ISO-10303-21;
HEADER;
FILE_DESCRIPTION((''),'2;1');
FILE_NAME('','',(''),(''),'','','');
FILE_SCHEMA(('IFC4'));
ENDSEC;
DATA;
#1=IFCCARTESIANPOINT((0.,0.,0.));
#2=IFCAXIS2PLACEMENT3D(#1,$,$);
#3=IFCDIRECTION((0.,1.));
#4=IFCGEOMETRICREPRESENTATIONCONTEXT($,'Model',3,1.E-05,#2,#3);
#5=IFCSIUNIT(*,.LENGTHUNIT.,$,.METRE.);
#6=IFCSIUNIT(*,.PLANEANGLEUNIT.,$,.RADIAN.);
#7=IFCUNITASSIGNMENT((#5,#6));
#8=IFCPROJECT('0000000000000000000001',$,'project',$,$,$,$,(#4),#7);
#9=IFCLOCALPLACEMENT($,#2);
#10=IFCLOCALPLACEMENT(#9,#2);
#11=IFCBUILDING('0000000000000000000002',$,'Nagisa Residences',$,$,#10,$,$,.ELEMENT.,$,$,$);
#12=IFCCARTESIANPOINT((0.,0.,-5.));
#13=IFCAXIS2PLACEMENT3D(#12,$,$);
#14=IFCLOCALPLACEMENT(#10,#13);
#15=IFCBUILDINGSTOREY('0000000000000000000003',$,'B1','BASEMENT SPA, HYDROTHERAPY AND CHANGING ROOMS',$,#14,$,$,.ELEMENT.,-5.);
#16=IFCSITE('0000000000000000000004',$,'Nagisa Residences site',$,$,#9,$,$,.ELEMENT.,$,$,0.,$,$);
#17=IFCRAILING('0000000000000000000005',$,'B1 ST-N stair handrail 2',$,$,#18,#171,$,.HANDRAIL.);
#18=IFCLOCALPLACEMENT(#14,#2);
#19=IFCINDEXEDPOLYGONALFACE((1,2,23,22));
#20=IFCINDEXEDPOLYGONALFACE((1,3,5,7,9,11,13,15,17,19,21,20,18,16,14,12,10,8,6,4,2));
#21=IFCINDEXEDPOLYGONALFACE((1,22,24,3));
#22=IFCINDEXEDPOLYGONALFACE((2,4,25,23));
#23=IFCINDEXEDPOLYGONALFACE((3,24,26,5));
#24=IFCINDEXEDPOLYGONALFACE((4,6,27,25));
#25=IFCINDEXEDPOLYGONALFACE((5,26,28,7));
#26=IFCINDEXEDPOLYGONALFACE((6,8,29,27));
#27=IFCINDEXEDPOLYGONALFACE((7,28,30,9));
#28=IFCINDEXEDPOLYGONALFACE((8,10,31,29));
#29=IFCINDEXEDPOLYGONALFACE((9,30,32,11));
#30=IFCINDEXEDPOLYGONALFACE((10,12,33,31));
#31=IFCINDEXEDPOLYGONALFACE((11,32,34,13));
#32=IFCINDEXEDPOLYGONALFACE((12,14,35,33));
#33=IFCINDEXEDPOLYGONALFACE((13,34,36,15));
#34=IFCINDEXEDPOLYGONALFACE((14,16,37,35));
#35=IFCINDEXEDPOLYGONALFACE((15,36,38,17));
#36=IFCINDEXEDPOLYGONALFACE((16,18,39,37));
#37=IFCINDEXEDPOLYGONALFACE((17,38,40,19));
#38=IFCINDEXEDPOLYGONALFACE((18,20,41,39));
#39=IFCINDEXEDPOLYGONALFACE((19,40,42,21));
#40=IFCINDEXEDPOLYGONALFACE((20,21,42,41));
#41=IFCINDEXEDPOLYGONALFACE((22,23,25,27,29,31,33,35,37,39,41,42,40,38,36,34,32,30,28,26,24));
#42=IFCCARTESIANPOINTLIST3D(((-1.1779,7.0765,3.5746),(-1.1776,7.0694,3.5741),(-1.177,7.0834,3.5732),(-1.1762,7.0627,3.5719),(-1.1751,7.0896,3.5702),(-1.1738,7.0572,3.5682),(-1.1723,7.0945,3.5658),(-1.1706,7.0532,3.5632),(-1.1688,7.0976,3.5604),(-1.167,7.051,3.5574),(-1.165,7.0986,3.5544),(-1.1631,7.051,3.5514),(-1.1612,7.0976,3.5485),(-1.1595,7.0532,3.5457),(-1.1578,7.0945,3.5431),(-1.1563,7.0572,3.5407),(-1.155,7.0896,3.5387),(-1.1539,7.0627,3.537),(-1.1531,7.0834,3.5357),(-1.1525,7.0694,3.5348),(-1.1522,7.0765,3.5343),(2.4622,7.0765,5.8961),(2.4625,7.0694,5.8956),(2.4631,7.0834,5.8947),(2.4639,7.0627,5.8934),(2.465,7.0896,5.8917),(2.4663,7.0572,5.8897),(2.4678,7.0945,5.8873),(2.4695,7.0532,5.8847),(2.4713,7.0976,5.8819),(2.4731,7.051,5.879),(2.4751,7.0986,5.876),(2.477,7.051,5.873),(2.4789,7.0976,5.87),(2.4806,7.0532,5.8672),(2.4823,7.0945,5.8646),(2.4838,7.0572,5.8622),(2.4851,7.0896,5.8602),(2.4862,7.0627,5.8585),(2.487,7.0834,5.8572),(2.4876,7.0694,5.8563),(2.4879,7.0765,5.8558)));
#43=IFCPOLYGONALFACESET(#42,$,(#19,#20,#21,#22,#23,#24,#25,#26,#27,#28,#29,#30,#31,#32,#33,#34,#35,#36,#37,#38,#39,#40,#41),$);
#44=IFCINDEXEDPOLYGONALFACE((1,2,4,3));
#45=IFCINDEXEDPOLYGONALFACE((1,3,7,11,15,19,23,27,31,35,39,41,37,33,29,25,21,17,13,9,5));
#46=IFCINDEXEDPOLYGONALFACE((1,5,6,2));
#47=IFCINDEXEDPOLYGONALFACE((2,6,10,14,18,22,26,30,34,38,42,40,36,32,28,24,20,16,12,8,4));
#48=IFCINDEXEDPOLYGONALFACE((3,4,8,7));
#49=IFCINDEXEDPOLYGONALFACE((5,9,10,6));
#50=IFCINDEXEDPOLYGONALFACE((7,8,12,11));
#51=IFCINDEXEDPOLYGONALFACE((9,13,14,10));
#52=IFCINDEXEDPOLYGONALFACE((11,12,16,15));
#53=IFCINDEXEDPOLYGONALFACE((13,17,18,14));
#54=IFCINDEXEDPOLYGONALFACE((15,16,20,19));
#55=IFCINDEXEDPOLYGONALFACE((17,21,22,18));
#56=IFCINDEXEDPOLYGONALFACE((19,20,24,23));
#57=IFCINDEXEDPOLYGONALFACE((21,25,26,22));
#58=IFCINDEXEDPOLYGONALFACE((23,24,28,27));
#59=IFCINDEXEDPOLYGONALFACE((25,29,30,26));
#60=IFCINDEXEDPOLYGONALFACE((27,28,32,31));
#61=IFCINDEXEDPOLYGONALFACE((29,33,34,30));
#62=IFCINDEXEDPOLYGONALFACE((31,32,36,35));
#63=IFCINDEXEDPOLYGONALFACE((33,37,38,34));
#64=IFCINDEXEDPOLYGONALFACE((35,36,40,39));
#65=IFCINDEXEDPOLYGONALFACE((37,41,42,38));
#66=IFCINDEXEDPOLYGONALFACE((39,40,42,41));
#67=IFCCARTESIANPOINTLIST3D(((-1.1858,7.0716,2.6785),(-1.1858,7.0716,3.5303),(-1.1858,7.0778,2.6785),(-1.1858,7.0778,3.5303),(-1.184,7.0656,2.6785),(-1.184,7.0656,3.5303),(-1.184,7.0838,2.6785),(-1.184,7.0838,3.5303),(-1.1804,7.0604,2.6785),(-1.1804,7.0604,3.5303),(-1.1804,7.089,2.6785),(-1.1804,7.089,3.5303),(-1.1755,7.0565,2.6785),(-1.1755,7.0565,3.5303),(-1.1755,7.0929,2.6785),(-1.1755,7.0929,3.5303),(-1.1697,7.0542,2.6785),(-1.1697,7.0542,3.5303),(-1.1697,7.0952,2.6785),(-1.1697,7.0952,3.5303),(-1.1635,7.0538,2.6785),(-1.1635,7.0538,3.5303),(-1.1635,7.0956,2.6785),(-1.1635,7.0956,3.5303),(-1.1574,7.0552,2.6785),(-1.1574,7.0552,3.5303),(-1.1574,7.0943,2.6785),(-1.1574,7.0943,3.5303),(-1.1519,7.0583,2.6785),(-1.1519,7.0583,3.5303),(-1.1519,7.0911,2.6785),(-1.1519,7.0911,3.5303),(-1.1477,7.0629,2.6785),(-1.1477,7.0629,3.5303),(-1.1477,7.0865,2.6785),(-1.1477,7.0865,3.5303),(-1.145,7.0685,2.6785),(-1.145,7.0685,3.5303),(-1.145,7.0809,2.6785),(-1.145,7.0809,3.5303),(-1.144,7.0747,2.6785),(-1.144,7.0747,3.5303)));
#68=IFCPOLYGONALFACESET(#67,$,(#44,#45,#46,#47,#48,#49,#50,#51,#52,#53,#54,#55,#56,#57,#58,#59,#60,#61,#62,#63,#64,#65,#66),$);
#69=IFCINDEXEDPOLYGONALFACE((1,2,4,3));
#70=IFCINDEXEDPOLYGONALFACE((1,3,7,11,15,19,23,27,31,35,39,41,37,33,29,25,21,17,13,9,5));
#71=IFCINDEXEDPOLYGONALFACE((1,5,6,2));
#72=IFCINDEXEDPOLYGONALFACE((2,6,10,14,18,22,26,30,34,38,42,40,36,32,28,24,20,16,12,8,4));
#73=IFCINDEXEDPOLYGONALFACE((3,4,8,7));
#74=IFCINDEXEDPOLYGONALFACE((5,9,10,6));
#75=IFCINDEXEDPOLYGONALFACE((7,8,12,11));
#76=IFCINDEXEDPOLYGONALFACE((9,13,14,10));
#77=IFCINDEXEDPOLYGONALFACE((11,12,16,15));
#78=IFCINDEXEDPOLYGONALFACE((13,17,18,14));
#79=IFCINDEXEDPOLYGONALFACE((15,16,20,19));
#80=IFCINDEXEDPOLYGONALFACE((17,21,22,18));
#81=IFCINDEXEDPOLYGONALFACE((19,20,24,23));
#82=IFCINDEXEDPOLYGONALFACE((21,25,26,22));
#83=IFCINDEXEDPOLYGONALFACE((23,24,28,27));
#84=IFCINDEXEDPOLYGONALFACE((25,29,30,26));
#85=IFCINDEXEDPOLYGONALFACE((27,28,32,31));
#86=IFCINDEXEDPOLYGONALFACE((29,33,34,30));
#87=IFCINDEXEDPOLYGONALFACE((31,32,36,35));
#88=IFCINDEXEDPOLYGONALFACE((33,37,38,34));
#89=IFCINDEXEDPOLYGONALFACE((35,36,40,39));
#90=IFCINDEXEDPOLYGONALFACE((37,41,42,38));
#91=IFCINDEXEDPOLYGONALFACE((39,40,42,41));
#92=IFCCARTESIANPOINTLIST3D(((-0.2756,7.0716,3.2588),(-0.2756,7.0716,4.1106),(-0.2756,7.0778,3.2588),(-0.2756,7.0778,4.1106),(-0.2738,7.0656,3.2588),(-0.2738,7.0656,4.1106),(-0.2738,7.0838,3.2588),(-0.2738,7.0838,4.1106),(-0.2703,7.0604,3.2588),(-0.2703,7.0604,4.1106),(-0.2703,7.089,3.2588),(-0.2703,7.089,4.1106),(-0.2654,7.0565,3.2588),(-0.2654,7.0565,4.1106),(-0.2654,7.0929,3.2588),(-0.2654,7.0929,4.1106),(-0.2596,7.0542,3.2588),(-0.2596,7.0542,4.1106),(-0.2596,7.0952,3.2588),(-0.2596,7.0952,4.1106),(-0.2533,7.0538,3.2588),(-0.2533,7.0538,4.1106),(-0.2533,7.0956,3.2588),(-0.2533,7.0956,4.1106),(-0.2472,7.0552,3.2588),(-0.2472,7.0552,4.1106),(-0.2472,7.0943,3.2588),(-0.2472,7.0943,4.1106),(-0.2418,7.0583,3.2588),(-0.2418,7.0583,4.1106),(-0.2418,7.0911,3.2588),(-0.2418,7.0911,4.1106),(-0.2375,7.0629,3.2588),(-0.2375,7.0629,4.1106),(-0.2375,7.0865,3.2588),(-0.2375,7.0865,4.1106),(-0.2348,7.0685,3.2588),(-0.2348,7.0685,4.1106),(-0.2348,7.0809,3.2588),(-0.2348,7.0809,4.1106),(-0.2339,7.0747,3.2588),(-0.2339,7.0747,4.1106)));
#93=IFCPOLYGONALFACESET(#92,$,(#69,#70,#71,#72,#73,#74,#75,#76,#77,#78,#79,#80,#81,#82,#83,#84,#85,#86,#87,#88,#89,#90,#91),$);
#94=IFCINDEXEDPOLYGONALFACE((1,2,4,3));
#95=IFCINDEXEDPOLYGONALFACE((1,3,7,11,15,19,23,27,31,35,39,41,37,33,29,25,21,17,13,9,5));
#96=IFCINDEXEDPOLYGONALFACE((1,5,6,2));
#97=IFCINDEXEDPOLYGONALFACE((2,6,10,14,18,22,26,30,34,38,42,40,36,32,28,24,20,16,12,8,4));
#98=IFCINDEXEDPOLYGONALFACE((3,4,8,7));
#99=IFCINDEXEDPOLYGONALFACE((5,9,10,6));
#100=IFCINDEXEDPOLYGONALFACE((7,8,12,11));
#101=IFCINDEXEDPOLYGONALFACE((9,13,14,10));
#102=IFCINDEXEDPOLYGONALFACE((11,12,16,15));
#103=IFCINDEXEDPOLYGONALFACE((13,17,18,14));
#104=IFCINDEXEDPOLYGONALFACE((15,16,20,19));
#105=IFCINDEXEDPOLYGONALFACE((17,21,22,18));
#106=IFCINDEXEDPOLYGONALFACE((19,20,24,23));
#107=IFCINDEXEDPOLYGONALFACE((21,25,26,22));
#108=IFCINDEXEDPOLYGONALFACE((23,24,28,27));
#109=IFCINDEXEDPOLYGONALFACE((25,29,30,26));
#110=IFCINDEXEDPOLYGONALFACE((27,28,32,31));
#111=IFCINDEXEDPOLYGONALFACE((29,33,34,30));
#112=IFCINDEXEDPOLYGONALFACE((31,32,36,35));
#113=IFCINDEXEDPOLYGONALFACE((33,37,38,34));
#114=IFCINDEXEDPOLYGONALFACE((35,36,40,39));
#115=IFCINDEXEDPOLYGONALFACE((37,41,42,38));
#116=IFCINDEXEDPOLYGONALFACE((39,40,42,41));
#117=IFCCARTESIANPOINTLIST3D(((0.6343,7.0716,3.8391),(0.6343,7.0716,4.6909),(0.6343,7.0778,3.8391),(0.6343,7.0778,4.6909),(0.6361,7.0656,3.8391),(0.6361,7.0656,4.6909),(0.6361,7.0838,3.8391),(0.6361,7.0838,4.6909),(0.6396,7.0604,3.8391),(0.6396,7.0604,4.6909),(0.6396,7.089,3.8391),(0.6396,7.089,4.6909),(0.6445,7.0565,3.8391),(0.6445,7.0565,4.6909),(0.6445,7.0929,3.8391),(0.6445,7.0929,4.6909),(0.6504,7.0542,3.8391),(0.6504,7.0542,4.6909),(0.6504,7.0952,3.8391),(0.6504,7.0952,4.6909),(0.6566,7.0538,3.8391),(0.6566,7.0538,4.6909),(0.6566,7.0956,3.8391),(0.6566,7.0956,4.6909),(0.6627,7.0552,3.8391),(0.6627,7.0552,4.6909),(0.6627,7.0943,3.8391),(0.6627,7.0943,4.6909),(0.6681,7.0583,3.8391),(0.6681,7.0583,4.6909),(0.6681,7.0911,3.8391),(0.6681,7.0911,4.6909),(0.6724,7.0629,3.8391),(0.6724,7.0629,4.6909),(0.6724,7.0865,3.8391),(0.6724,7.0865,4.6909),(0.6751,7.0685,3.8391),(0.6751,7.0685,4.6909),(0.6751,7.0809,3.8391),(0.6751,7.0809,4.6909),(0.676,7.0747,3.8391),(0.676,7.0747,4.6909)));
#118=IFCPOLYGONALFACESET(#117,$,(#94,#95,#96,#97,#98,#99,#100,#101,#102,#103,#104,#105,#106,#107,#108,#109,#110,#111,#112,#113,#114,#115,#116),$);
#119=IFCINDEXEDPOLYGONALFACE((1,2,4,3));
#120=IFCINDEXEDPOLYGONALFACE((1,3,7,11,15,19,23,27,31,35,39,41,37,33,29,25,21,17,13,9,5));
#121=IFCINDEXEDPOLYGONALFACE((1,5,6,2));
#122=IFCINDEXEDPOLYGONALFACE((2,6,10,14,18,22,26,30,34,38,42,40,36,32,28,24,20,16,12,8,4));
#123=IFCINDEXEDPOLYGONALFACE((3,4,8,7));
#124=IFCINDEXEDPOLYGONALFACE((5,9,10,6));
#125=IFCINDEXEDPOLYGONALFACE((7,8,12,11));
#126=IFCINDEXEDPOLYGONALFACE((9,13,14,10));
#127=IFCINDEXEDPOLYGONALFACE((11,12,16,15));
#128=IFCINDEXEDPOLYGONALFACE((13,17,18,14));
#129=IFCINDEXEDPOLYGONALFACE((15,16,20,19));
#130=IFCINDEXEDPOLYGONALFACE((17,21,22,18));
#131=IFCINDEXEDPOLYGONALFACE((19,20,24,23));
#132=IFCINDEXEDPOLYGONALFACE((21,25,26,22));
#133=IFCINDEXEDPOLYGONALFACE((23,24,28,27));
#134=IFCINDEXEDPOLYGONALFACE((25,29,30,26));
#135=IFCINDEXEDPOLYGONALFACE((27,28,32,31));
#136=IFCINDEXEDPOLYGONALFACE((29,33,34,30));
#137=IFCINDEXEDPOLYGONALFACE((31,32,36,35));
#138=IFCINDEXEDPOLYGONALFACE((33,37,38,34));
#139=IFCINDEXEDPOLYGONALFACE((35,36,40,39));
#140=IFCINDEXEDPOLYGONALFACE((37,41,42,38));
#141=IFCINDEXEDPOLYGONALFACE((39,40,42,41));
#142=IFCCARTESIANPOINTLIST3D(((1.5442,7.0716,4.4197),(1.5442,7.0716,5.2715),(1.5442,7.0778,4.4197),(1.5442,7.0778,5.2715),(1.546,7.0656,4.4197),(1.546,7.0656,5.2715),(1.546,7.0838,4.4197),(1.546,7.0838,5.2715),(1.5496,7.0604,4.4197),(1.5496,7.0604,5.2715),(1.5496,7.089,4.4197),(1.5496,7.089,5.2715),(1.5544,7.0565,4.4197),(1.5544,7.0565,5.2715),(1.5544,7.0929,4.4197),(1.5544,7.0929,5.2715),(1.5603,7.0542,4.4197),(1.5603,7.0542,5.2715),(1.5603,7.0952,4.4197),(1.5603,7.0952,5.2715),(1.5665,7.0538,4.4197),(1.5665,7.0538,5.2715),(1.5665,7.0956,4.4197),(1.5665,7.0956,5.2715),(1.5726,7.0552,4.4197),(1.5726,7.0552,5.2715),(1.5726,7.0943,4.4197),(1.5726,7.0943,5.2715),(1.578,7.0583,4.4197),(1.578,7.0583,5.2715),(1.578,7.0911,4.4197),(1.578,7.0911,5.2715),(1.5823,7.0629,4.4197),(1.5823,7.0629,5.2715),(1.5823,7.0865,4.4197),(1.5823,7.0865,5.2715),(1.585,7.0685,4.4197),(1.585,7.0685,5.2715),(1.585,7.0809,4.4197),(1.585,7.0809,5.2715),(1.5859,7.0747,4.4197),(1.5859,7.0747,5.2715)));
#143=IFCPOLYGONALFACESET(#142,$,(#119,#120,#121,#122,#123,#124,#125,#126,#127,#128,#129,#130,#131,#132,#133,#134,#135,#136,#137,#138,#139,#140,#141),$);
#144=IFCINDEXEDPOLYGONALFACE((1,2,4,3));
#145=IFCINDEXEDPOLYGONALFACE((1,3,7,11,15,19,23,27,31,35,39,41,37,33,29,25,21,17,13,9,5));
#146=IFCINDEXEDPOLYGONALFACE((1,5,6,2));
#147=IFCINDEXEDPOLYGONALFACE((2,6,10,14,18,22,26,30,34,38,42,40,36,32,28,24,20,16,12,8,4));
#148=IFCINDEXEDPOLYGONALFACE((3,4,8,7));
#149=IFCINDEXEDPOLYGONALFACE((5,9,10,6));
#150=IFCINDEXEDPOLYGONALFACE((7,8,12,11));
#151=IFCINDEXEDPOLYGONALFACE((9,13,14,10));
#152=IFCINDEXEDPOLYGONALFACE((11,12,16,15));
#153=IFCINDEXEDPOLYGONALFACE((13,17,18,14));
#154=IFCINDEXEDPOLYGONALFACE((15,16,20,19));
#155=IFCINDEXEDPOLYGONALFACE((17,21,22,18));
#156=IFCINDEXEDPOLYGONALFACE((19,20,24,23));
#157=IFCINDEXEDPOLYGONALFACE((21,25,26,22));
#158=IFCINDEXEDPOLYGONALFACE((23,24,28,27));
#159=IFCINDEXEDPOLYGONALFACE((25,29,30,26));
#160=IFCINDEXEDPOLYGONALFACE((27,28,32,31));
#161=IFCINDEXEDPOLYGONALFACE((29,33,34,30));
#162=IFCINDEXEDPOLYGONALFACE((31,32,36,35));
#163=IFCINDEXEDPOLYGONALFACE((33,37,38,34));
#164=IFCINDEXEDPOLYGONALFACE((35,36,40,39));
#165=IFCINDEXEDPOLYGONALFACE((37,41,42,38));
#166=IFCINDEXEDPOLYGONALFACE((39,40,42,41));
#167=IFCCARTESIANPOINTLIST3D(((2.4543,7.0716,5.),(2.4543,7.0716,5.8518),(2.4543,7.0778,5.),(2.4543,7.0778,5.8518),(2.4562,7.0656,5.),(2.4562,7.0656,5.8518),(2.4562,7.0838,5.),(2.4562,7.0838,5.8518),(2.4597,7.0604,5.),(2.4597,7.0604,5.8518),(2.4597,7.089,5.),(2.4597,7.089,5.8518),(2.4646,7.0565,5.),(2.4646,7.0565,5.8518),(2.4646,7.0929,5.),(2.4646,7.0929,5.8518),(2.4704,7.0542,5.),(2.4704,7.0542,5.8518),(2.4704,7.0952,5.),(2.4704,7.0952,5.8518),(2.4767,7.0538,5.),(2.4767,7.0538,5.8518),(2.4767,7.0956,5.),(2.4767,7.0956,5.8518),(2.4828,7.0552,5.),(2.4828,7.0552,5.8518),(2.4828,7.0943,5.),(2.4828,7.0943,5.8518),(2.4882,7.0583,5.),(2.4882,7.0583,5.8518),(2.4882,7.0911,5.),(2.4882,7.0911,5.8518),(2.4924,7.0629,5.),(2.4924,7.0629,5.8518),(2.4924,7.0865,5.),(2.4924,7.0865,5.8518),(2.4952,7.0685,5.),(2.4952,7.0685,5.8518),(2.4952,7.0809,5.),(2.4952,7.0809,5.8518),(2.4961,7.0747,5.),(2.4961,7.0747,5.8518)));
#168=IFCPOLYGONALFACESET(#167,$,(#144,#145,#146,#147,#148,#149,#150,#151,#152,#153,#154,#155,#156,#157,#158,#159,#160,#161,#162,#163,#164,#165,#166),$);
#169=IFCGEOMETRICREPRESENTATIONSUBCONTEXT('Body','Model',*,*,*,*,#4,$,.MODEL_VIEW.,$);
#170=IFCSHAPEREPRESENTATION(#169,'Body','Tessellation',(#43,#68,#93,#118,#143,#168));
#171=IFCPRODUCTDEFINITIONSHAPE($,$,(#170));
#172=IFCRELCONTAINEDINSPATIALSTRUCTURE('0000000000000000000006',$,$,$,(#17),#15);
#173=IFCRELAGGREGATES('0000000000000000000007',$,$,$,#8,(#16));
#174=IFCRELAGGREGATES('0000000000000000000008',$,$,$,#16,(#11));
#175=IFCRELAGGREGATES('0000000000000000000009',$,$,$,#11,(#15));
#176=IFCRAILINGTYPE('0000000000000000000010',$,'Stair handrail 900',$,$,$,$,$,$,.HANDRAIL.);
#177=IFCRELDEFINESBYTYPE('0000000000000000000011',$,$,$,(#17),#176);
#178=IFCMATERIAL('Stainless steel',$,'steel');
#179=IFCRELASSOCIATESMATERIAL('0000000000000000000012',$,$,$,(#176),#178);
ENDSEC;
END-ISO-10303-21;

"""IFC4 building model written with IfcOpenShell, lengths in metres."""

from ifc_helpers import new_model, si_unit, direction, frame, origin, origin_2d, place, context, subcontext, project, spatial, circle, extrude, material, type_object, element, save


model = new_model("IFC4")

# Units and contexts
model_context = context("Model", 3, precision=1e-05, world=origin(), true_north=direction((0.0, 1.0)))
body_context = subcontext(model_context, "Body", "Model", "MODEL_VIEW")
ifc_project = project(units=[si_unit("LENGTHUNIT", "METRE"), si_unit("PLANEANGLEUNIT", "RADIAN")], contexts=[model_context])

# Site, building, storey
site_placement = place(None, origin())
site = spatial("IfcSite", under=ifc_project, at=site_placement, Name="Nagisa Residences site", CompositionType="ELEMENT", RefElevation=0.0)
building_placement = place(site_placement, origin())
building = spatial("IfcBuilding", under=site, at=building_placement, Name="Nagisa Residences", CompositionType="ELEMENT")
storey_placement = place(building_placement, frame((0.0, 0.0, -5.0)))
storey = spatial("IfcBuildingStorey", under=building, at=storey_placement, Name="B1", Description="BASEMENT SPA, HYDROTHERAPY AND CHANGING ROOMS", CompositionType="ELEMENT", Elevation=-5.0)

# Railing
ifc_material_1 = material(Name="Stainless steel", Category="steel")
railing_type = type_object("IfcRailingType", Name="Stair handrail 900", PredefinedType="HANDRAIL", material=ifc_material_1)
railing_placement = place(storey_placement, frame((-1.165, 7.0747, 2.6785)))
element("IfcRailing", 1, at=railing_placement, inside=storey, type_object=railing_type, Name="B1 ST-N stair handrail 2", PredefinedType="HANDRAIL", context=body_context, shape_type="SweptSolid", body=[
    extrude(circle(Radius=0.0239, at=origin_2d()), frame((0.0, 0.0, 0.876), z_axis=(0.843128, 0.0, 0.537713), x_axis=(0.0, 1.0, 0.0)), (0.0, 0.0, 1.0), 4.3174),
    extrude(circle(Radius=0.021, at=origin_2d()), origin(), (0.0, 0.0, 1.0), 0.8518),
    extrude(circle(Radius=0.021, at=origin_2d()), frame((0.9102, 0.0, 0.5803)), (0.0, 0.0, 1.0), 0.8518),
    extrude(circle(Radius=0.021, at=origin_2d()), frame((1.8201, 0.0, 1.1606)), (0.0, 0.0, 1.0), 0.8518),
    extrude(circle(Radius=0.021, at=origin_2d()), frame((2.73, 0.0, 1.7412)), (0.0, 0.0, 1.0), 0.8518),
    extrude(circle(Radius=0.021, at=origin_2d()), frame((3.6401, 0.0, 2.3215)), (0.0, 0.0, 1.0), 0.8518),
])

save(model, "model.ifc")
